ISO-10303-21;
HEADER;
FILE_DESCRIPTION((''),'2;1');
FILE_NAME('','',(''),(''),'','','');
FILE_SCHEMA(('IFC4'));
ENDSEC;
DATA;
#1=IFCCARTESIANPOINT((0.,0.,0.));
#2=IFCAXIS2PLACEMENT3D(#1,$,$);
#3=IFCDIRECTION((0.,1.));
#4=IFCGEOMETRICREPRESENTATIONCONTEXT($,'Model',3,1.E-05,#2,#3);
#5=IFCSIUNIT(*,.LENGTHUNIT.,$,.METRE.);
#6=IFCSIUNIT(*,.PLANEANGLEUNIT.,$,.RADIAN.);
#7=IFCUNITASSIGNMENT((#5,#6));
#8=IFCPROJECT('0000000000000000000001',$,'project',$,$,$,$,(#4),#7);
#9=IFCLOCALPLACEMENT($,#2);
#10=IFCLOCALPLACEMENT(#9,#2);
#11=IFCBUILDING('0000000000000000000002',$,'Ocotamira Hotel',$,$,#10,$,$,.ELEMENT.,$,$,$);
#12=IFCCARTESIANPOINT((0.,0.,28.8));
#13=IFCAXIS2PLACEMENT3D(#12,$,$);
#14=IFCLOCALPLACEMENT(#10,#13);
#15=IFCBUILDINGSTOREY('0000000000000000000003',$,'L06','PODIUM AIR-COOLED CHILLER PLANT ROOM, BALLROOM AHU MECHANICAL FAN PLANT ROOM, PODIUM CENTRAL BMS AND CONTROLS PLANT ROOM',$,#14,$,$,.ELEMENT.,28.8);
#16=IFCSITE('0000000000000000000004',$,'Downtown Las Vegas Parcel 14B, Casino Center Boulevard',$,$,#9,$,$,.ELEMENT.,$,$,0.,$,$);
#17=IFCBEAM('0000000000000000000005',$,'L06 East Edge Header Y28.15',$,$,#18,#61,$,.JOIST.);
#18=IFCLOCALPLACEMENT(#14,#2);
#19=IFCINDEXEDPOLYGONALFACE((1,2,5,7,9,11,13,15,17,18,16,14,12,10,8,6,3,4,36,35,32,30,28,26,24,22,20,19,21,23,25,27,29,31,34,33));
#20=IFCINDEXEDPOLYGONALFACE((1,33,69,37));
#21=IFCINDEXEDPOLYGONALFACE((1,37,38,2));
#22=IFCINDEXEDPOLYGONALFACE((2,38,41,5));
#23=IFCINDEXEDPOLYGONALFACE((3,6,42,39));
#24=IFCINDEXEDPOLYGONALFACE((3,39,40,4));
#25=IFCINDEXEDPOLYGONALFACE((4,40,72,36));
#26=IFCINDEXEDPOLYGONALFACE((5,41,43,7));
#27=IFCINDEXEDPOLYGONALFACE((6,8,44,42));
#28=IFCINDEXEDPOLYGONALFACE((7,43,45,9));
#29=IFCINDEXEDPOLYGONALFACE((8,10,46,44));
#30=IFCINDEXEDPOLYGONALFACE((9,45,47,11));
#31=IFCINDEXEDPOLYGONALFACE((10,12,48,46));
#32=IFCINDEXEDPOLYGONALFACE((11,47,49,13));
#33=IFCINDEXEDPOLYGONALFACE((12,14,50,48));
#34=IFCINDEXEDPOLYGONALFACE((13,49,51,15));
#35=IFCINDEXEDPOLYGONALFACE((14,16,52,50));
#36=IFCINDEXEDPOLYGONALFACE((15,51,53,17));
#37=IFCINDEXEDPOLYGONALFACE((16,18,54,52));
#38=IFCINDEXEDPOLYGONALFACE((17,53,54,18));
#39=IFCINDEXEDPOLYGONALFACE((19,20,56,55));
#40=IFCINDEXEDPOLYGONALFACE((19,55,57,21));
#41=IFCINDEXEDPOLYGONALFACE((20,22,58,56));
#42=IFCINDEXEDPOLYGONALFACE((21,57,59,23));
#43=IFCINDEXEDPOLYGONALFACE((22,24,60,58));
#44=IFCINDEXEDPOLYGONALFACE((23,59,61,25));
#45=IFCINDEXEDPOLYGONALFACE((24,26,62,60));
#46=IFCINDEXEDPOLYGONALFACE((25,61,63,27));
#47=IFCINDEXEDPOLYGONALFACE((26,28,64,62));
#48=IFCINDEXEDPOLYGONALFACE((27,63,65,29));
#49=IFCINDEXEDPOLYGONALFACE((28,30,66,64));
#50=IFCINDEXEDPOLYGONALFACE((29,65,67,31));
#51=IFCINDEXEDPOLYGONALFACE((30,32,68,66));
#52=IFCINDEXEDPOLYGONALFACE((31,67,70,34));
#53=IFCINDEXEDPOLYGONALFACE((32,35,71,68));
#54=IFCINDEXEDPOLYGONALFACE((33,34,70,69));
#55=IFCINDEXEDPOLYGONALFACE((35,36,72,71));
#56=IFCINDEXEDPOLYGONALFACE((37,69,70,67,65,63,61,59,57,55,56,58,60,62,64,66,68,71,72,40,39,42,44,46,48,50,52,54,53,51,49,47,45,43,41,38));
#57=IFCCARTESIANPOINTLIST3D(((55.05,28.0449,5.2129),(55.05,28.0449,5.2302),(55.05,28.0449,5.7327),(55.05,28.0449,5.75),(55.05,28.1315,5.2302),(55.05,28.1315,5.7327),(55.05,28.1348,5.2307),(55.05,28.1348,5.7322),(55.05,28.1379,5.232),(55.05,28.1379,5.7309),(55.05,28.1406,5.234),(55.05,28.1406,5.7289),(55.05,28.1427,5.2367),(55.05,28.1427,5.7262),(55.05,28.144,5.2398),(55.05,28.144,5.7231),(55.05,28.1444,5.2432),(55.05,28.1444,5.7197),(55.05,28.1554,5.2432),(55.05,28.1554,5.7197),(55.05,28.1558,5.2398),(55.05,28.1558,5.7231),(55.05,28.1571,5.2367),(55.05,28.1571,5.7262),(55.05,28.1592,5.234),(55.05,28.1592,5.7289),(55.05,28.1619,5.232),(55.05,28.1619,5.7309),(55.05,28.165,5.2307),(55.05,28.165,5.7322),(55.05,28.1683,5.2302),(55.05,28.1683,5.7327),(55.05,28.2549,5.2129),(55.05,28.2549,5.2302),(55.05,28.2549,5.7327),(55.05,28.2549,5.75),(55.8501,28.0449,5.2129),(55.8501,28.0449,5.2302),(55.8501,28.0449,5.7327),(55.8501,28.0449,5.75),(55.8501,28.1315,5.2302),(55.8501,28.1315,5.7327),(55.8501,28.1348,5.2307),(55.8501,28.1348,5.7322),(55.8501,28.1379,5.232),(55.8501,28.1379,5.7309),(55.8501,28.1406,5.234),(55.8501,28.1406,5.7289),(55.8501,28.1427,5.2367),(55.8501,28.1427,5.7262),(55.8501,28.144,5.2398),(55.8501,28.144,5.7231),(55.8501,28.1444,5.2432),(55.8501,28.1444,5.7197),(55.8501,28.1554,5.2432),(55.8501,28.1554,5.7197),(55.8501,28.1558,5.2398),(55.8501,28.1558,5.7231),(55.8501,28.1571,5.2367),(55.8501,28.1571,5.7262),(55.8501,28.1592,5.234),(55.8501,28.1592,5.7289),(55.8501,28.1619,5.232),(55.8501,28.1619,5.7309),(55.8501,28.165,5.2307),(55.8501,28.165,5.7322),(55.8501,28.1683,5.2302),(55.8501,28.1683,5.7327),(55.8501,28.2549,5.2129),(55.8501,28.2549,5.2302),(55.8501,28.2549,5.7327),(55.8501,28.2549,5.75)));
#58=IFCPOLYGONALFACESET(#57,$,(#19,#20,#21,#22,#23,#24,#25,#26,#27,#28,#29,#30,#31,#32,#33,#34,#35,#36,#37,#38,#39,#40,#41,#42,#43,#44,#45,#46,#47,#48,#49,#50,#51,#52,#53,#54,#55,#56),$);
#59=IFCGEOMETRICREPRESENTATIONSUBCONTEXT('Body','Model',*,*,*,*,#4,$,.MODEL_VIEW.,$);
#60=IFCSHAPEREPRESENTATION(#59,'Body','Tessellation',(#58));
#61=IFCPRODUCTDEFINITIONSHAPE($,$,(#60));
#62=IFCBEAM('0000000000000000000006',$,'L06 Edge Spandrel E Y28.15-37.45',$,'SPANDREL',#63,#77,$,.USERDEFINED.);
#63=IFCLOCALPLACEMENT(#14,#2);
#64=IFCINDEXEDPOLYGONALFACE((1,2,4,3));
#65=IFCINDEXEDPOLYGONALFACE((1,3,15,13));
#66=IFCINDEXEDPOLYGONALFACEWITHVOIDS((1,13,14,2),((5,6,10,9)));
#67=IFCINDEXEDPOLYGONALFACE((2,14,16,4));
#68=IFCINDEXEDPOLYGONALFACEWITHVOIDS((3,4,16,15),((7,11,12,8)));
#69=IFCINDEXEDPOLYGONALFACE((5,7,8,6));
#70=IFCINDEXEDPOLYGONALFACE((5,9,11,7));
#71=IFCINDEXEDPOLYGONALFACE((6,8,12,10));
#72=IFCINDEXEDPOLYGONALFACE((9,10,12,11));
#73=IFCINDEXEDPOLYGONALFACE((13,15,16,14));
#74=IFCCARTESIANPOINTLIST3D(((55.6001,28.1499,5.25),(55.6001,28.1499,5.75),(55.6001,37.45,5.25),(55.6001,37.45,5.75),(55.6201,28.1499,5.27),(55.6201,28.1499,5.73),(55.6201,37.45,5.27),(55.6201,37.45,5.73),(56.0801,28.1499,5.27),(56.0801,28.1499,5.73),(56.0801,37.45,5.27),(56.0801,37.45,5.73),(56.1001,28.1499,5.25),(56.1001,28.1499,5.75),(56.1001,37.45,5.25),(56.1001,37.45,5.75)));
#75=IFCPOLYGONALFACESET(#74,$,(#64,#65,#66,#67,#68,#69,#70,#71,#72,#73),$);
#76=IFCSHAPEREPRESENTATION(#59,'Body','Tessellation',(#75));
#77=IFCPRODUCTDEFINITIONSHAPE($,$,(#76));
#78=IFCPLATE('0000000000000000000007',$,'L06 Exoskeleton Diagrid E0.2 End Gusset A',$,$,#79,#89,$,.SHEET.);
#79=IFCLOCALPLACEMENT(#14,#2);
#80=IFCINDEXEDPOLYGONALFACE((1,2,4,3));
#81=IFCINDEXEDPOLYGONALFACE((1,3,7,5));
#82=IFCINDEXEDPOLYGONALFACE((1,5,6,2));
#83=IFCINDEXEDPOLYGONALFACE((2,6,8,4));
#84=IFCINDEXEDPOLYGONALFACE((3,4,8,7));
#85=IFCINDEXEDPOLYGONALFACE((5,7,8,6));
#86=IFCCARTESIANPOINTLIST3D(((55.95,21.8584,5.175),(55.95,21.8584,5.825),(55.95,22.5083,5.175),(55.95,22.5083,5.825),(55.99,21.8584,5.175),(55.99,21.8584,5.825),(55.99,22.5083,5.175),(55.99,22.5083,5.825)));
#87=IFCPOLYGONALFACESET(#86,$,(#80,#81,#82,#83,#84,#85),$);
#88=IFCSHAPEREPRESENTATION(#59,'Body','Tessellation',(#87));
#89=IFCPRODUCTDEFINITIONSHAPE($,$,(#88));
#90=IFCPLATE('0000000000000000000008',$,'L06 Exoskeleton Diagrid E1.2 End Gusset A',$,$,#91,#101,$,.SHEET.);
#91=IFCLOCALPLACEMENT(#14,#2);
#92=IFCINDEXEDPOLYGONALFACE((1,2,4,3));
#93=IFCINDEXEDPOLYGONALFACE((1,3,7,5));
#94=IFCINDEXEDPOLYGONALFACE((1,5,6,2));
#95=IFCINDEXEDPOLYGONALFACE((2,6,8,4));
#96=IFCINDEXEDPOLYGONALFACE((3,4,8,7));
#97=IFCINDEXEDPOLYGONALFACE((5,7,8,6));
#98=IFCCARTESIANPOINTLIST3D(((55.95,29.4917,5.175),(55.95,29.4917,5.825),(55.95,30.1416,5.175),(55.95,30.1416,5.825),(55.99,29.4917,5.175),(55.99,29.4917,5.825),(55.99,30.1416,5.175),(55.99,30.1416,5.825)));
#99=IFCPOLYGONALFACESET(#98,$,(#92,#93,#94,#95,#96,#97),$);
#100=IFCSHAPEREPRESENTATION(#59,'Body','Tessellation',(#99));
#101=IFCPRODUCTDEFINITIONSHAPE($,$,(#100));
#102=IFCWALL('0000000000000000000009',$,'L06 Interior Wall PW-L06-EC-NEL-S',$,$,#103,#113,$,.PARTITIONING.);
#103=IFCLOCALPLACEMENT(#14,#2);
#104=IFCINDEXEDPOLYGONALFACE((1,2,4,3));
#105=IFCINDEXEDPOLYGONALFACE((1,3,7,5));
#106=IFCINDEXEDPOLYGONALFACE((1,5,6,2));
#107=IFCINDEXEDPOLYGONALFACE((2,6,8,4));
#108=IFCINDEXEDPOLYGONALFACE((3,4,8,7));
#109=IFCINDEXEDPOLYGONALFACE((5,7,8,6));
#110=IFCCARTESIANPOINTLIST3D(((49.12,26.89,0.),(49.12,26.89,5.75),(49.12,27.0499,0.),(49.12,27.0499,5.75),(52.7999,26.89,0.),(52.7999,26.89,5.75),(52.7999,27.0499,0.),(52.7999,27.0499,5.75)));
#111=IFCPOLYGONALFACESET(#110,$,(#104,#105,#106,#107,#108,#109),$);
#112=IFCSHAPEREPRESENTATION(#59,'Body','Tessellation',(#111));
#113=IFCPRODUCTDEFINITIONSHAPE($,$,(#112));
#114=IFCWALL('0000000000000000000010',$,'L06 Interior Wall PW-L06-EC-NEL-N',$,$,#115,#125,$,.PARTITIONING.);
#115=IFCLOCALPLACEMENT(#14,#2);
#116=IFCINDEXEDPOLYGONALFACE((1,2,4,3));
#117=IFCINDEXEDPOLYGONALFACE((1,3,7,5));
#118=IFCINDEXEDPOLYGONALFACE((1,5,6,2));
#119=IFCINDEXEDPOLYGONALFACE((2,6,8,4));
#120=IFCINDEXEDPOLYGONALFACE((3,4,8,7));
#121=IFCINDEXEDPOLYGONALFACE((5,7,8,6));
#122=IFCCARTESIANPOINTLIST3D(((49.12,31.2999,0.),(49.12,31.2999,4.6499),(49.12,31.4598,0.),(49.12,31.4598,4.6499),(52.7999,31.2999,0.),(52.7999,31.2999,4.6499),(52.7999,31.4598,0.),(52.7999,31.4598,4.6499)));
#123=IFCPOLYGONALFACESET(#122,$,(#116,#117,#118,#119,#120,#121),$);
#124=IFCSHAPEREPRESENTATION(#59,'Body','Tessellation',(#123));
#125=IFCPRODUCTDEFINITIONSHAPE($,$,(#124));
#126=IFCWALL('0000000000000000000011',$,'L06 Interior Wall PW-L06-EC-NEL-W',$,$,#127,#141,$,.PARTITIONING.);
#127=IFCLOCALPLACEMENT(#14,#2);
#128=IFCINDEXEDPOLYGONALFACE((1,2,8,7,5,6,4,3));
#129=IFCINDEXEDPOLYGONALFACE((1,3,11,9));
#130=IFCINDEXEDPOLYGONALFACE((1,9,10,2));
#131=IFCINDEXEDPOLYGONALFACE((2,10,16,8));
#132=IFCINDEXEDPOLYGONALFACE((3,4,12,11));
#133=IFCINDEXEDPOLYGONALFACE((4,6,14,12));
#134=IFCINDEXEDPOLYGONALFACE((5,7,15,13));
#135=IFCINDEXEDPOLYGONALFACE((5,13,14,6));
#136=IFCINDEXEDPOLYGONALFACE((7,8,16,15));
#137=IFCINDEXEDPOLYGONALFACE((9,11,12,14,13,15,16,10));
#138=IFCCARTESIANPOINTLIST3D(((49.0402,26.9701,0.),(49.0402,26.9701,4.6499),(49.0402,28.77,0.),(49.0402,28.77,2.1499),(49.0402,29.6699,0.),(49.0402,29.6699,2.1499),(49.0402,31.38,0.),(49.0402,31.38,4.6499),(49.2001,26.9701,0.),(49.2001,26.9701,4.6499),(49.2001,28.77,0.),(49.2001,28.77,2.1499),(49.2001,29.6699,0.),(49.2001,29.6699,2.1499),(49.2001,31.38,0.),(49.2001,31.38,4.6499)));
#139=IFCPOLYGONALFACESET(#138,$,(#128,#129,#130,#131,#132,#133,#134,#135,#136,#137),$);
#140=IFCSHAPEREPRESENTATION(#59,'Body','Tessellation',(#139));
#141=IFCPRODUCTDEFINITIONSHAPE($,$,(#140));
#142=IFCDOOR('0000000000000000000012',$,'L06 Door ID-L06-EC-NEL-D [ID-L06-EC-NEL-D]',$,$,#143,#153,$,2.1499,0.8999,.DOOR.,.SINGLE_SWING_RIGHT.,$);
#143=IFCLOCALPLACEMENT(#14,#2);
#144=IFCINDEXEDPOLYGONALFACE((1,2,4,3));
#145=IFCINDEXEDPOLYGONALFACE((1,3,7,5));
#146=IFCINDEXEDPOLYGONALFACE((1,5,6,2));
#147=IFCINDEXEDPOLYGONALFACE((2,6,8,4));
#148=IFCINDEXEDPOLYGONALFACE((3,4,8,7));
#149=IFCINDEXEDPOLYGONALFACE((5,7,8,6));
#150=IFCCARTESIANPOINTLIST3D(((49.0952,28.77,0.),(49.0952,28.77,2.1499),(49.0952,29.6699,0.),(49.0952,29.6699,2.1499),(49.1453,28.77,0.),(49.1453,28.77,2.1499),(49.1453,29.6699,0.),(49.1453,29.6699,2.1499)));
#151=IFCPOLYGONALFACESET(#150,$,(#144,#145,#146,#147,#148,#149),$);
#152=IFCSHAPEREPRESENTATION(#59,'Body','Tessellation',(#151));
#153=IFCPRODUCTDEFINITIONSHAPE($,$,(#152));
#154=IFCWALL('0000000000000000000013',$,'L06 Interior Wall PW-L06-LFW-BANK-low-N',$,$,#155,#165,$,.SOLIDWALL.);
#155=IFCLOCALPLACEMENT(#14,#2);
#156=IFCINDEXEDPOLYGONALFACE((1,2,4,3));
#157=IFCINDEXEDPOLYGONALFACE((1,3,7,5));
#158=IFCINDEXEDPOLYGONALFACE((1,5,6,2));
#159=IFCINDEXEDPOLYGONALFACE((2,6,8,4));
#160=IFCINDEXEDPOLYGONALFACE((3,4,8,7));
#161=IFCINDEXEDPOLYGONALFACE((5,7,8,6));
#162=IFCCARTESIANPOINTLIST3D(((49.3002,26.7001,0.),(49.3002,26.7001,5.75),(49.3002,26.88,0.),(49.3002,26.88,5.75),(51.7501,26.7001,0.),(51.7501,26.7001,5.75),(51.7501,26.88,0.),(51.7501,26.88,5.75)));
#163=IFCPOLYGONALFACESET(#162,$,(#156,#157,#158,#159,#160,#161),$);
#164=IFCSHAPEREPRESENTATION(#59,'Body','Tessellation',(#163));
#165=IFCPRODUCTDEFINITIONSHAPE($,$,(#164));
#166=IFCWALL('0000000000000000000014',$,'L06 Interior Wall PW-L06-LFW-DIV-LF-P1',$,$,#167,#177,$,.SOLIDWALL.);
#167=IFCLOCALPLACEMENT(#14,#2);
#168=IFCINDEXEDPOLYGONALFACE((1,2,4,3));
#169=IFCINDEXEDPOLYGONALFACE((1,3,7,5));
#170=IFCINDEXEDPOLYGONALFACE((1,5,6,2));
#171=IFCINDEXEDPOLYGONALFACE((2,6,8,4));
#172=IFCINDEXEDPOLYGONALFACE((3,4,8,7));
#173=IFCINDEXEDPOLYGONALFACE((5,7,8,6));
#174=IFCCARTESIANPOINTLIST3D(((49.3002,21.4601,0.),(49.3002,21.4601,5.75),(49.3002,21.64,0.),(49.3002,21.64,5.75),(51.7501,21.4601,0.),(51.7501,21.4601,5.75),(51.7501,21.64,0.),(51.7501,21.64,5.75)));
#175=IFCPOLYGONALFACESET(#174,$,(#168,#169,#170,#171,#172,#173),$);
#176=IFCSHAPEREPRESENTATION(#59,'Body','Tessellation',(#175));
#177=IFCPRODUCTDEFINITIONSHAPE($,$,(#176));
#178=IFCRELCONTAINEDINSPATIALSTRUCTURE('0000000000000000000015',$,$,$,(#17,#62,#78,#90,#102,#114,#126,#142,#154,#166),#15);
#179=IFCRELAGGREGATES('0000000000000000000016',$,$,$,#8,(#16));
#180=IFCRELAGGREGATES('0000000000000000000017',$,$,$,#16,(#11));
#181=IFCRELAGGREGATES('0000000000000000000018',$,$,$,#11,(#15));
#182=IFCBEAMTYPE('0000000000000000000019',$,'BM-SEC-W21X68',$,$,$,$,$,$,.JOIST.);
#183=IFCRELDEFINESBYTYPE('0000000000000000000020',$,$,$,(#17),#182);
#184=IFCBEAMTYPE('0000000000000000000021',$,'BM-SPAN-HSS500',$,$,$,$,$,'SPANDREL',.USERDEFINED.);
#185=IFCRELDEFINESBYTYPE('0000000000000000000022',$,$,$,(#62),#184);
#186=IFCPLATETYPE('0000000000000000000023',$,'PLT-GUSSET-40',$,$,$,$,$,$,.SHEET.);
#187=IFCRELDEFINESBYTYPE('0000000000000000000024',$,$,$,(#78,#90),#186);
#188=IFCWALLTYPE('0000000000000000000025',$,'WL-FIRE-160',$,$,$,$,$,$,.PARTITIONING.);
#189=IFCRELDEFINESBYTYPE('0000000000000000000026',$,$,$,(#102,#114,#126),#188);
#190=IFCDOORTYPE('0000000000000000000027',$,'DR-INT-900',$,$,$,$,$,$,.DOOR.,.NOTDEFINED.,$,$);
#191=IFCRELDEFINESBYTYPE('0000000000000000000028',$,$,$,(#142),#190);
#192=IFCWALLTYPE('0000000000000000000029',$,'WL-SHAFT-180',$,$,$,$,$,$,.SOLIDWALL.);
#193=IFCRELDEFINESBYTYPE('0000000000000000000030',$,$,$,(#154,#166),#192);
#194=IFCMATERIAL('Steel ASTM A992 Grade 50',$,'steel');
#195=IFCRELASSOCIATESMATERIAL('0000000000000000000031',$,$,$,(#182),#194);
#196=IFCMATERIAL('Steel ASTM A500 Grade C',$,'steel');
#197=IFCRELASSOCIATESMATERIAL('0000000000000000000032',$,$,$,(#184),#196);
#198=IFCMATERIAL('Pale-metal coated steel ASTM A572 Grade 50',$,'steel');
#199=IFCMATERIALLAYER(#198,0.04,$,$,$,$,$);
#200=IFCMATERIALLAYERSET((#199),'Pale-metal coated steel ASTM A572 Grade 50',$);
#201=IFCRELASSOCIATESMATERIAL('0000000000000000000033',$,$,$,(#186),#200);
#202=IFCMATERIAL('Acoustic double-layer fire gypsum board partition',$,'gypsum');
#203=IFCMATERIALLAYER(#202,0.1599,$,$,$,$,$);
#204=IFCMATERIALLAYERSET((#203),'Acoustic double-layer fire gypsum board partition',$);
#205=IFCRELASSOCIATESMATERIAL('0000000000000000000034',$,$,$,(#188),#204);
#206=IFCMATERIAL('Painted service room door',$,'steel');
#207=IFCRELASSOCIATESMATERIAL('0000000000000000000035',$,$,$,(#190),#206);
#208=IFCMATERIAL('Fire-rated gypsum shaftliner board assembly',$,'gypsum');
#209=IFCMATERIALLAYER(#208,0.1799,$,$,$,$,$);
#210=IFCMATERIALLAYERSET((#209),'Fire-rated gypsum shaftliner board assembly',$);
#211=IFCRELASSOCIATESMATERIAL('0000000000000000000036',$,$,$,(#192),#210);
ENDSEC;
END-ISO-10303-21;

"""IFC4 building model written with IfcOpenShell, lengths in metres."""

from ifc_helpers import new_model, si_unit, direction, frame, frame_2d, origin, origin_2d, place, context, subcontext, project, spatial, rectangle, hollow_rectangle, i_section, extrude, source, transform, mapped, material, layer, layer_set, material_profile, profile_set, type_object, element, fill, save


model = new_model("IFC4")

# Units and contexts
model_context = context("Model", 3, precision=1e-05, world=origin(), true_north=direction((0.0, 1.0)))
body_context = subcontext(model_context, "Body", "Model", "MODEL_VIEW")
ifc_project = project(units=[si_unit("LENGTHUNIT", "METRE"), si_unit("PLANEANGLEUNIT", "RADIAN")], contexts=[model_context])

# Site, building, storey
site_placement = place(None, origin())
site = spatial("IfcSite", under=ifc_project, at=site_placement, Name="Downtown Las Vegas Parcel 14B, Casino Center Boulevard", CompositionType="ELEMENT", RefElevation=0.0)
building_placement = place(site_placement, origin())
building = spatial("IfcBuilding", under=site, at=building_placement, Name="Ocotamira Hotel", CompositionType="ELEMENT")
storey_placement = place(building_placement, frame((0.0, 0.0, 28.8)))
storey = spatial("IfcBuildingStorey", under=building, at=storey_placement, Name="L06", Description="PODIUM AIR-COOLED CHILLER PLANT ROOM, BALLROOM AHU MECHANICAL FAN PLANT ROOM, PODIUM CENTRAL BMS AND CONTROLS PLANT ROOM", CompositionType="ELEMENT", Elevation=28.8)

# Beams
ifc_material_1 = material(Name="Steel ASTM A992 Grade 50", Category="steel")
ifc_material_profile_1 = material_profile(ifc_material_1, i_section(OverallWidth=0.21, OverallDepth=0.5371, WebThickness=0.011, FlangeThickness=0.0173, FilletRadius=0.0129, at=origin_2d()), Name="W21X68")
ifc_profile_set_1 = profile_set([ifc_material_profile_1], Name="Steel ASTM A992 Grade 50")
beam_type_1 = type_object("IfcBeamType", Name="BM-SEC-W21X68", PredefinedType="JOIST", material=ifc_profile_set_1)
shared_shape_1 = source(origin(), body_context, "Body", "SweptSolid", [
    extrude(i_section(OverallWidth=0.21, OverallDepth=0.5371, WebThickness=0.011, FlangeThickness=0.0173, FilletRadius=0.0129, at=origin_2d()), origin(), (0.0, 0.0, 1.0), 0.8),
])
beam_1_placement = place(storey_placement, frame((55.05, 28.1499, 5.4814), z_axis=(1.0, 0.0, 0.0), x_axis=(0.0, 1.0, 0.0)))
element("IfcBeam", 1, at=beam_1_placement, inside=storey, type_object=beam_type_1, Name="L06 East Edge Header Y28.15", PredefinedType="JOIST", context=body_context, shape_type="MappedRepresentation", body=[
    mapped(shared_shape_1, transform((0.0, 0.0, 0.0), scale=1.0)),
])
ifc_material_2 = material(Name="Steel ASTM A500 Grade C", Category="steel")
ifc_material_profile_2 = material_profile(ifc_material_2, hollow_rectangle(XDim=0.5, YDim=0.5, WallThickness=0.02, at=origin_2d()), Name="HSS500X500X20")
ifc_profile_set_2 = profile_set([ifc_material_profile_2], Name="Steel ASTM A500 Grade C")
beam_type_2 = type_object("IfcBeamType", Name="BM-SPAN-HSS500", ElementType="SPANDREL", PredefinedType="USERDEFINED", material=ifc_profile_set_2)
shared_shape_2 = source(origin(), body_context, "Body", "SweptSolid", [
    extrude(hollow_rectangle(XDim=0.5, YDim=0.5, WallThickness=0.02, at=origin_2d()), origin(), (0.0, 0.0, 1.0), 9.3),
])
beam_2_placement = place(storey_placement, frame((55.8501, 28.1499, 5.5), z_axis=(0.0, 1.0, 0.0), x_axis=(-1.0, 0.0, 0.0)))
element("IfcBeam", 2, at=beam_2_placement, inside=storey, type_object=beam_type_2, Name="L06 Edge Spandrel E Y28.15-37.45", ObjectType="SPANDREL", PredefinedType="USERDEFINED", context=body_context, shape_type="MappedRepresentation", body=[
    mapped(shared_shape_2, transform((0.0, 0.0, 0.0), scale=1.0)),
])

# Plates
ifc_material_3 = material(Name="Pale-metal coated steel ASTM A572 Grade 50", Category="steel")
ifc_layer_1 = layer(ifc_material_3, 0.04)
ifc_layer_set_1 = layer_set([ifc_layer_1], Name="Pale-metal coated steel ASTM A572 Grade 50")
plate_type = type_object("IfcPlateType", Name="PLT-GUSSET-40", PredefinedType="SHEET", material=ifc_layer_set_1)
shared_shape_3 = source(origin(), body_context, "Body", "SweptSolid", [
    extrude(rectangle(XDim=0.04, YDim=0.6499, at=origin_2d()), origin(), (0.0, 0.0, 1.0), 0.6499),
])
for number, where, z_axis, x_axis, name in (
    (3, (55.97, 22.1833, 5.175), (0.0, 0.0, 1.0), (1.0, 0.0, 0.0), "L06 Exoskeleton Diagrid E0.2 End Gusset A"),
    (4, (55.97, 29.8167, 5.175), (0.0, 0.0, 1.0), (1.0, 0.0, 0.0), "L06 Exoskeleton Diagrid E1.2 End Gusset A"),
):
    element("IfcPlate", number, at=place(storey_placement, frame(where, z_axis=z_axis, x_axis=x_axis)), inside=storey, type_object=plate_type, Name=name, PredefinedType="SHEET", context=body_context, shape_type="MappedRepresentation", body=[
        mapped(shared_shape_3, transform((0.0, 0.0, 0.0), scale=1.0)),
    ])

# Walls
ifc_material_4 = material(Name="Acoustic double-layer fire gypsum board partition", Category="gypsum")
ifc_layer_2 = layer(ifc_material_4, 0.1599)
ifc_layer_set_2 = layer_set([ifc_layer_2], Name="Acoustic double-layer fire gypsum board partition")
wall_type_1 = type_object("IfcWallType", Name="WL-FIRE-160", PredefinedType="PARTITIONING", material=ifc_layer_set_2)
wall_1_placement = place(storey_placement, frame((49.1201, 26.97, 0.0), z_axis=(0.0, 0.0, 1.0), x_axis=(1.0, 0.0, 0.0)))
element("IfcWall", 5, at=wall_1_placement, inside=storey, type_object=wall_type_1, Name="L06 Interior Wall PW-L06-EC-NEL-S", PredefinedType="PARTITIONING", context=body_context, shape_type="SweptSolid", body=[
    extrude(rectangle(XDim=3.6799, YDim=0.1599, at=frame_2d((1.8398, 0.0))), origin(), (0.0, 0.0, 1.0), 5.75),
])
wall_2_placement = place(storey_placement, frame((49.1201, 31.3799, 0.0), z_axis=(0.0, 0.0, 1.0), x_axis=(1.0, 0.0, 0.0)))
element("IfcWall", 6, at=wall_2_placement, inside=storey, type_object=wall_type_1, Name="L06 Interior Wall PW-L06-EC-NEL-N", PredefinedType="PARTITIONING", context=body_context, shape_type="SweptSolid", body=[
    extrude(rectangle(XDim=3.6799, YDim=0.1599, at=frame_2d((1.8398, 0.0))), origin(), (0.0, 0.0, 1.0), 4.6499),
])

# Wall, opening, door
wall_3_placement = place(storey_placement, frame((49.1201, 26.97, 0.0), z_axis=(0.0, 0.0, 1.0), x_axis=(0.0, 1.0, 0.0)))
wall_3 = element("IfcWall", 7, at=wall_3_placement, inside=storey, type_object=wall_type_1, Name="L06 Interior Wall PW-L06-EC-NEL-W", PredefinedType="PARTITIONING", context=body_context, shape_type="SweptSolid", body=[
    extrude(rectangle(XDim=4.4099, YDim=0.1599, at=frame_2d((2.2051, 0.0))), origin(), (0.0, 0.0, 1.0), 4.6499),
])
opening_placement = place(wall_3_placement, frame((1.8, 0.0, 0.0)))
opening = element("IfcOpeningElement", 8, at=opening_placement, cuts=wall_3, PredefinedType="OPENING", context=body_context, shape_type="SweptSolid", body=[
    extrude(rectangle(XDim=0.8999, YDim=2.1499, at=frame_2d((0.45, 1.075))), frame((0.0, 0.0898, 0.0), z_axis=(0.0, -1.0, 0.0), x_axis=(1.0, 0.0, 0.0)), (0.0, 0.0, 1.0), 0.1799),
])
ifc_material_5 = material(Name="Painted service room door", Category="steel")
door_type = type_object("IfcDoorType", Name="DR-INT-900", OperationType="NOTDEFINED", PredefinedType="DOOR", material=ifc_material_5)
shared_shape_4 = source(origin(), body_context, "Body", "SweptSolid", [
    extrude(rectangle(XDim=0.8999, YDim=2.1499, at=frame_2d((0.45, 1.075))), frame((0.0, 0.0249, 0.0), z_axis=(0.0, -1.0, 0.0), x_axis=(1.0, 0.0, 0.0)), (0.0, 0.0, 1.0), 0.05),
])
door_placement = place(opening_placement, origin())
door = element("IfcDoor", 9, at=door_placement, inside=storey, type_object=door_type, Name="L06 Door ID-L06-EC-NEL-D [ID-L06-EC-NEL-D]", OperationType="SINGLE_SWING_RIGHT", OverallHeight=2.1499, OverallWidth=0.8999, PredefinedType="DOOR", context=body_context, shape_type="MappedRepresentation", body=[
    mapped(shared_shape_4, transform((0.0, 0.0, 0.0), scale=1.0)),
])
fill(opening, door)

# Walls
ifc_material_6 = material(Name="Fire-rated gypsum shaftliner board assembly", Category="gypsum")
ifc_layer_3 = layer(ifc_material_6, 0.1799)
ifc_layer_set_3 = layer_set([ifc_layer_3], Name="Fire-rated gypsum shaftliner board assembly")
wall_type_2 = type_object("IfcWallType", Name="WL-SHAFT-180", PredefinedType="SOLIDWALL", material=ifc_layer_set_3)
for number, where, z_axis, x_axis, name in (
    (10, (49.3, 26.79, 0.0), (0.0, 0.0, 1.0), (1.0, 0.0, 0.0), "L06 Interior Wall PW-L06-LFW-BANK-low-N"),
    (11, (49.3, 21.55, 0.0), (0.0, 0.0, 1.0), (1.0, 0.0, 0.0), "L06 Interior Wall PW-L06-LFW-DIV-LF-P1"),
):
    element("IfcWall", number, at=place(storey_placement, frame(where, z_axis=z_axis, x_axis=x_axis)), inside=storey, type_object=wall_type_2, Name=name, PredefinedType="SOLIDWALL", context=body_context, shape_type="SweptSolid", body=[
        extrude(rectangle(XDim=2.45, YDim=0.1799, at=frame_2d((1.2251, 0.0))), origin(), (0.0, 0.0, 1.0), 5.75),
    ])

save(model, "model.ifc")
